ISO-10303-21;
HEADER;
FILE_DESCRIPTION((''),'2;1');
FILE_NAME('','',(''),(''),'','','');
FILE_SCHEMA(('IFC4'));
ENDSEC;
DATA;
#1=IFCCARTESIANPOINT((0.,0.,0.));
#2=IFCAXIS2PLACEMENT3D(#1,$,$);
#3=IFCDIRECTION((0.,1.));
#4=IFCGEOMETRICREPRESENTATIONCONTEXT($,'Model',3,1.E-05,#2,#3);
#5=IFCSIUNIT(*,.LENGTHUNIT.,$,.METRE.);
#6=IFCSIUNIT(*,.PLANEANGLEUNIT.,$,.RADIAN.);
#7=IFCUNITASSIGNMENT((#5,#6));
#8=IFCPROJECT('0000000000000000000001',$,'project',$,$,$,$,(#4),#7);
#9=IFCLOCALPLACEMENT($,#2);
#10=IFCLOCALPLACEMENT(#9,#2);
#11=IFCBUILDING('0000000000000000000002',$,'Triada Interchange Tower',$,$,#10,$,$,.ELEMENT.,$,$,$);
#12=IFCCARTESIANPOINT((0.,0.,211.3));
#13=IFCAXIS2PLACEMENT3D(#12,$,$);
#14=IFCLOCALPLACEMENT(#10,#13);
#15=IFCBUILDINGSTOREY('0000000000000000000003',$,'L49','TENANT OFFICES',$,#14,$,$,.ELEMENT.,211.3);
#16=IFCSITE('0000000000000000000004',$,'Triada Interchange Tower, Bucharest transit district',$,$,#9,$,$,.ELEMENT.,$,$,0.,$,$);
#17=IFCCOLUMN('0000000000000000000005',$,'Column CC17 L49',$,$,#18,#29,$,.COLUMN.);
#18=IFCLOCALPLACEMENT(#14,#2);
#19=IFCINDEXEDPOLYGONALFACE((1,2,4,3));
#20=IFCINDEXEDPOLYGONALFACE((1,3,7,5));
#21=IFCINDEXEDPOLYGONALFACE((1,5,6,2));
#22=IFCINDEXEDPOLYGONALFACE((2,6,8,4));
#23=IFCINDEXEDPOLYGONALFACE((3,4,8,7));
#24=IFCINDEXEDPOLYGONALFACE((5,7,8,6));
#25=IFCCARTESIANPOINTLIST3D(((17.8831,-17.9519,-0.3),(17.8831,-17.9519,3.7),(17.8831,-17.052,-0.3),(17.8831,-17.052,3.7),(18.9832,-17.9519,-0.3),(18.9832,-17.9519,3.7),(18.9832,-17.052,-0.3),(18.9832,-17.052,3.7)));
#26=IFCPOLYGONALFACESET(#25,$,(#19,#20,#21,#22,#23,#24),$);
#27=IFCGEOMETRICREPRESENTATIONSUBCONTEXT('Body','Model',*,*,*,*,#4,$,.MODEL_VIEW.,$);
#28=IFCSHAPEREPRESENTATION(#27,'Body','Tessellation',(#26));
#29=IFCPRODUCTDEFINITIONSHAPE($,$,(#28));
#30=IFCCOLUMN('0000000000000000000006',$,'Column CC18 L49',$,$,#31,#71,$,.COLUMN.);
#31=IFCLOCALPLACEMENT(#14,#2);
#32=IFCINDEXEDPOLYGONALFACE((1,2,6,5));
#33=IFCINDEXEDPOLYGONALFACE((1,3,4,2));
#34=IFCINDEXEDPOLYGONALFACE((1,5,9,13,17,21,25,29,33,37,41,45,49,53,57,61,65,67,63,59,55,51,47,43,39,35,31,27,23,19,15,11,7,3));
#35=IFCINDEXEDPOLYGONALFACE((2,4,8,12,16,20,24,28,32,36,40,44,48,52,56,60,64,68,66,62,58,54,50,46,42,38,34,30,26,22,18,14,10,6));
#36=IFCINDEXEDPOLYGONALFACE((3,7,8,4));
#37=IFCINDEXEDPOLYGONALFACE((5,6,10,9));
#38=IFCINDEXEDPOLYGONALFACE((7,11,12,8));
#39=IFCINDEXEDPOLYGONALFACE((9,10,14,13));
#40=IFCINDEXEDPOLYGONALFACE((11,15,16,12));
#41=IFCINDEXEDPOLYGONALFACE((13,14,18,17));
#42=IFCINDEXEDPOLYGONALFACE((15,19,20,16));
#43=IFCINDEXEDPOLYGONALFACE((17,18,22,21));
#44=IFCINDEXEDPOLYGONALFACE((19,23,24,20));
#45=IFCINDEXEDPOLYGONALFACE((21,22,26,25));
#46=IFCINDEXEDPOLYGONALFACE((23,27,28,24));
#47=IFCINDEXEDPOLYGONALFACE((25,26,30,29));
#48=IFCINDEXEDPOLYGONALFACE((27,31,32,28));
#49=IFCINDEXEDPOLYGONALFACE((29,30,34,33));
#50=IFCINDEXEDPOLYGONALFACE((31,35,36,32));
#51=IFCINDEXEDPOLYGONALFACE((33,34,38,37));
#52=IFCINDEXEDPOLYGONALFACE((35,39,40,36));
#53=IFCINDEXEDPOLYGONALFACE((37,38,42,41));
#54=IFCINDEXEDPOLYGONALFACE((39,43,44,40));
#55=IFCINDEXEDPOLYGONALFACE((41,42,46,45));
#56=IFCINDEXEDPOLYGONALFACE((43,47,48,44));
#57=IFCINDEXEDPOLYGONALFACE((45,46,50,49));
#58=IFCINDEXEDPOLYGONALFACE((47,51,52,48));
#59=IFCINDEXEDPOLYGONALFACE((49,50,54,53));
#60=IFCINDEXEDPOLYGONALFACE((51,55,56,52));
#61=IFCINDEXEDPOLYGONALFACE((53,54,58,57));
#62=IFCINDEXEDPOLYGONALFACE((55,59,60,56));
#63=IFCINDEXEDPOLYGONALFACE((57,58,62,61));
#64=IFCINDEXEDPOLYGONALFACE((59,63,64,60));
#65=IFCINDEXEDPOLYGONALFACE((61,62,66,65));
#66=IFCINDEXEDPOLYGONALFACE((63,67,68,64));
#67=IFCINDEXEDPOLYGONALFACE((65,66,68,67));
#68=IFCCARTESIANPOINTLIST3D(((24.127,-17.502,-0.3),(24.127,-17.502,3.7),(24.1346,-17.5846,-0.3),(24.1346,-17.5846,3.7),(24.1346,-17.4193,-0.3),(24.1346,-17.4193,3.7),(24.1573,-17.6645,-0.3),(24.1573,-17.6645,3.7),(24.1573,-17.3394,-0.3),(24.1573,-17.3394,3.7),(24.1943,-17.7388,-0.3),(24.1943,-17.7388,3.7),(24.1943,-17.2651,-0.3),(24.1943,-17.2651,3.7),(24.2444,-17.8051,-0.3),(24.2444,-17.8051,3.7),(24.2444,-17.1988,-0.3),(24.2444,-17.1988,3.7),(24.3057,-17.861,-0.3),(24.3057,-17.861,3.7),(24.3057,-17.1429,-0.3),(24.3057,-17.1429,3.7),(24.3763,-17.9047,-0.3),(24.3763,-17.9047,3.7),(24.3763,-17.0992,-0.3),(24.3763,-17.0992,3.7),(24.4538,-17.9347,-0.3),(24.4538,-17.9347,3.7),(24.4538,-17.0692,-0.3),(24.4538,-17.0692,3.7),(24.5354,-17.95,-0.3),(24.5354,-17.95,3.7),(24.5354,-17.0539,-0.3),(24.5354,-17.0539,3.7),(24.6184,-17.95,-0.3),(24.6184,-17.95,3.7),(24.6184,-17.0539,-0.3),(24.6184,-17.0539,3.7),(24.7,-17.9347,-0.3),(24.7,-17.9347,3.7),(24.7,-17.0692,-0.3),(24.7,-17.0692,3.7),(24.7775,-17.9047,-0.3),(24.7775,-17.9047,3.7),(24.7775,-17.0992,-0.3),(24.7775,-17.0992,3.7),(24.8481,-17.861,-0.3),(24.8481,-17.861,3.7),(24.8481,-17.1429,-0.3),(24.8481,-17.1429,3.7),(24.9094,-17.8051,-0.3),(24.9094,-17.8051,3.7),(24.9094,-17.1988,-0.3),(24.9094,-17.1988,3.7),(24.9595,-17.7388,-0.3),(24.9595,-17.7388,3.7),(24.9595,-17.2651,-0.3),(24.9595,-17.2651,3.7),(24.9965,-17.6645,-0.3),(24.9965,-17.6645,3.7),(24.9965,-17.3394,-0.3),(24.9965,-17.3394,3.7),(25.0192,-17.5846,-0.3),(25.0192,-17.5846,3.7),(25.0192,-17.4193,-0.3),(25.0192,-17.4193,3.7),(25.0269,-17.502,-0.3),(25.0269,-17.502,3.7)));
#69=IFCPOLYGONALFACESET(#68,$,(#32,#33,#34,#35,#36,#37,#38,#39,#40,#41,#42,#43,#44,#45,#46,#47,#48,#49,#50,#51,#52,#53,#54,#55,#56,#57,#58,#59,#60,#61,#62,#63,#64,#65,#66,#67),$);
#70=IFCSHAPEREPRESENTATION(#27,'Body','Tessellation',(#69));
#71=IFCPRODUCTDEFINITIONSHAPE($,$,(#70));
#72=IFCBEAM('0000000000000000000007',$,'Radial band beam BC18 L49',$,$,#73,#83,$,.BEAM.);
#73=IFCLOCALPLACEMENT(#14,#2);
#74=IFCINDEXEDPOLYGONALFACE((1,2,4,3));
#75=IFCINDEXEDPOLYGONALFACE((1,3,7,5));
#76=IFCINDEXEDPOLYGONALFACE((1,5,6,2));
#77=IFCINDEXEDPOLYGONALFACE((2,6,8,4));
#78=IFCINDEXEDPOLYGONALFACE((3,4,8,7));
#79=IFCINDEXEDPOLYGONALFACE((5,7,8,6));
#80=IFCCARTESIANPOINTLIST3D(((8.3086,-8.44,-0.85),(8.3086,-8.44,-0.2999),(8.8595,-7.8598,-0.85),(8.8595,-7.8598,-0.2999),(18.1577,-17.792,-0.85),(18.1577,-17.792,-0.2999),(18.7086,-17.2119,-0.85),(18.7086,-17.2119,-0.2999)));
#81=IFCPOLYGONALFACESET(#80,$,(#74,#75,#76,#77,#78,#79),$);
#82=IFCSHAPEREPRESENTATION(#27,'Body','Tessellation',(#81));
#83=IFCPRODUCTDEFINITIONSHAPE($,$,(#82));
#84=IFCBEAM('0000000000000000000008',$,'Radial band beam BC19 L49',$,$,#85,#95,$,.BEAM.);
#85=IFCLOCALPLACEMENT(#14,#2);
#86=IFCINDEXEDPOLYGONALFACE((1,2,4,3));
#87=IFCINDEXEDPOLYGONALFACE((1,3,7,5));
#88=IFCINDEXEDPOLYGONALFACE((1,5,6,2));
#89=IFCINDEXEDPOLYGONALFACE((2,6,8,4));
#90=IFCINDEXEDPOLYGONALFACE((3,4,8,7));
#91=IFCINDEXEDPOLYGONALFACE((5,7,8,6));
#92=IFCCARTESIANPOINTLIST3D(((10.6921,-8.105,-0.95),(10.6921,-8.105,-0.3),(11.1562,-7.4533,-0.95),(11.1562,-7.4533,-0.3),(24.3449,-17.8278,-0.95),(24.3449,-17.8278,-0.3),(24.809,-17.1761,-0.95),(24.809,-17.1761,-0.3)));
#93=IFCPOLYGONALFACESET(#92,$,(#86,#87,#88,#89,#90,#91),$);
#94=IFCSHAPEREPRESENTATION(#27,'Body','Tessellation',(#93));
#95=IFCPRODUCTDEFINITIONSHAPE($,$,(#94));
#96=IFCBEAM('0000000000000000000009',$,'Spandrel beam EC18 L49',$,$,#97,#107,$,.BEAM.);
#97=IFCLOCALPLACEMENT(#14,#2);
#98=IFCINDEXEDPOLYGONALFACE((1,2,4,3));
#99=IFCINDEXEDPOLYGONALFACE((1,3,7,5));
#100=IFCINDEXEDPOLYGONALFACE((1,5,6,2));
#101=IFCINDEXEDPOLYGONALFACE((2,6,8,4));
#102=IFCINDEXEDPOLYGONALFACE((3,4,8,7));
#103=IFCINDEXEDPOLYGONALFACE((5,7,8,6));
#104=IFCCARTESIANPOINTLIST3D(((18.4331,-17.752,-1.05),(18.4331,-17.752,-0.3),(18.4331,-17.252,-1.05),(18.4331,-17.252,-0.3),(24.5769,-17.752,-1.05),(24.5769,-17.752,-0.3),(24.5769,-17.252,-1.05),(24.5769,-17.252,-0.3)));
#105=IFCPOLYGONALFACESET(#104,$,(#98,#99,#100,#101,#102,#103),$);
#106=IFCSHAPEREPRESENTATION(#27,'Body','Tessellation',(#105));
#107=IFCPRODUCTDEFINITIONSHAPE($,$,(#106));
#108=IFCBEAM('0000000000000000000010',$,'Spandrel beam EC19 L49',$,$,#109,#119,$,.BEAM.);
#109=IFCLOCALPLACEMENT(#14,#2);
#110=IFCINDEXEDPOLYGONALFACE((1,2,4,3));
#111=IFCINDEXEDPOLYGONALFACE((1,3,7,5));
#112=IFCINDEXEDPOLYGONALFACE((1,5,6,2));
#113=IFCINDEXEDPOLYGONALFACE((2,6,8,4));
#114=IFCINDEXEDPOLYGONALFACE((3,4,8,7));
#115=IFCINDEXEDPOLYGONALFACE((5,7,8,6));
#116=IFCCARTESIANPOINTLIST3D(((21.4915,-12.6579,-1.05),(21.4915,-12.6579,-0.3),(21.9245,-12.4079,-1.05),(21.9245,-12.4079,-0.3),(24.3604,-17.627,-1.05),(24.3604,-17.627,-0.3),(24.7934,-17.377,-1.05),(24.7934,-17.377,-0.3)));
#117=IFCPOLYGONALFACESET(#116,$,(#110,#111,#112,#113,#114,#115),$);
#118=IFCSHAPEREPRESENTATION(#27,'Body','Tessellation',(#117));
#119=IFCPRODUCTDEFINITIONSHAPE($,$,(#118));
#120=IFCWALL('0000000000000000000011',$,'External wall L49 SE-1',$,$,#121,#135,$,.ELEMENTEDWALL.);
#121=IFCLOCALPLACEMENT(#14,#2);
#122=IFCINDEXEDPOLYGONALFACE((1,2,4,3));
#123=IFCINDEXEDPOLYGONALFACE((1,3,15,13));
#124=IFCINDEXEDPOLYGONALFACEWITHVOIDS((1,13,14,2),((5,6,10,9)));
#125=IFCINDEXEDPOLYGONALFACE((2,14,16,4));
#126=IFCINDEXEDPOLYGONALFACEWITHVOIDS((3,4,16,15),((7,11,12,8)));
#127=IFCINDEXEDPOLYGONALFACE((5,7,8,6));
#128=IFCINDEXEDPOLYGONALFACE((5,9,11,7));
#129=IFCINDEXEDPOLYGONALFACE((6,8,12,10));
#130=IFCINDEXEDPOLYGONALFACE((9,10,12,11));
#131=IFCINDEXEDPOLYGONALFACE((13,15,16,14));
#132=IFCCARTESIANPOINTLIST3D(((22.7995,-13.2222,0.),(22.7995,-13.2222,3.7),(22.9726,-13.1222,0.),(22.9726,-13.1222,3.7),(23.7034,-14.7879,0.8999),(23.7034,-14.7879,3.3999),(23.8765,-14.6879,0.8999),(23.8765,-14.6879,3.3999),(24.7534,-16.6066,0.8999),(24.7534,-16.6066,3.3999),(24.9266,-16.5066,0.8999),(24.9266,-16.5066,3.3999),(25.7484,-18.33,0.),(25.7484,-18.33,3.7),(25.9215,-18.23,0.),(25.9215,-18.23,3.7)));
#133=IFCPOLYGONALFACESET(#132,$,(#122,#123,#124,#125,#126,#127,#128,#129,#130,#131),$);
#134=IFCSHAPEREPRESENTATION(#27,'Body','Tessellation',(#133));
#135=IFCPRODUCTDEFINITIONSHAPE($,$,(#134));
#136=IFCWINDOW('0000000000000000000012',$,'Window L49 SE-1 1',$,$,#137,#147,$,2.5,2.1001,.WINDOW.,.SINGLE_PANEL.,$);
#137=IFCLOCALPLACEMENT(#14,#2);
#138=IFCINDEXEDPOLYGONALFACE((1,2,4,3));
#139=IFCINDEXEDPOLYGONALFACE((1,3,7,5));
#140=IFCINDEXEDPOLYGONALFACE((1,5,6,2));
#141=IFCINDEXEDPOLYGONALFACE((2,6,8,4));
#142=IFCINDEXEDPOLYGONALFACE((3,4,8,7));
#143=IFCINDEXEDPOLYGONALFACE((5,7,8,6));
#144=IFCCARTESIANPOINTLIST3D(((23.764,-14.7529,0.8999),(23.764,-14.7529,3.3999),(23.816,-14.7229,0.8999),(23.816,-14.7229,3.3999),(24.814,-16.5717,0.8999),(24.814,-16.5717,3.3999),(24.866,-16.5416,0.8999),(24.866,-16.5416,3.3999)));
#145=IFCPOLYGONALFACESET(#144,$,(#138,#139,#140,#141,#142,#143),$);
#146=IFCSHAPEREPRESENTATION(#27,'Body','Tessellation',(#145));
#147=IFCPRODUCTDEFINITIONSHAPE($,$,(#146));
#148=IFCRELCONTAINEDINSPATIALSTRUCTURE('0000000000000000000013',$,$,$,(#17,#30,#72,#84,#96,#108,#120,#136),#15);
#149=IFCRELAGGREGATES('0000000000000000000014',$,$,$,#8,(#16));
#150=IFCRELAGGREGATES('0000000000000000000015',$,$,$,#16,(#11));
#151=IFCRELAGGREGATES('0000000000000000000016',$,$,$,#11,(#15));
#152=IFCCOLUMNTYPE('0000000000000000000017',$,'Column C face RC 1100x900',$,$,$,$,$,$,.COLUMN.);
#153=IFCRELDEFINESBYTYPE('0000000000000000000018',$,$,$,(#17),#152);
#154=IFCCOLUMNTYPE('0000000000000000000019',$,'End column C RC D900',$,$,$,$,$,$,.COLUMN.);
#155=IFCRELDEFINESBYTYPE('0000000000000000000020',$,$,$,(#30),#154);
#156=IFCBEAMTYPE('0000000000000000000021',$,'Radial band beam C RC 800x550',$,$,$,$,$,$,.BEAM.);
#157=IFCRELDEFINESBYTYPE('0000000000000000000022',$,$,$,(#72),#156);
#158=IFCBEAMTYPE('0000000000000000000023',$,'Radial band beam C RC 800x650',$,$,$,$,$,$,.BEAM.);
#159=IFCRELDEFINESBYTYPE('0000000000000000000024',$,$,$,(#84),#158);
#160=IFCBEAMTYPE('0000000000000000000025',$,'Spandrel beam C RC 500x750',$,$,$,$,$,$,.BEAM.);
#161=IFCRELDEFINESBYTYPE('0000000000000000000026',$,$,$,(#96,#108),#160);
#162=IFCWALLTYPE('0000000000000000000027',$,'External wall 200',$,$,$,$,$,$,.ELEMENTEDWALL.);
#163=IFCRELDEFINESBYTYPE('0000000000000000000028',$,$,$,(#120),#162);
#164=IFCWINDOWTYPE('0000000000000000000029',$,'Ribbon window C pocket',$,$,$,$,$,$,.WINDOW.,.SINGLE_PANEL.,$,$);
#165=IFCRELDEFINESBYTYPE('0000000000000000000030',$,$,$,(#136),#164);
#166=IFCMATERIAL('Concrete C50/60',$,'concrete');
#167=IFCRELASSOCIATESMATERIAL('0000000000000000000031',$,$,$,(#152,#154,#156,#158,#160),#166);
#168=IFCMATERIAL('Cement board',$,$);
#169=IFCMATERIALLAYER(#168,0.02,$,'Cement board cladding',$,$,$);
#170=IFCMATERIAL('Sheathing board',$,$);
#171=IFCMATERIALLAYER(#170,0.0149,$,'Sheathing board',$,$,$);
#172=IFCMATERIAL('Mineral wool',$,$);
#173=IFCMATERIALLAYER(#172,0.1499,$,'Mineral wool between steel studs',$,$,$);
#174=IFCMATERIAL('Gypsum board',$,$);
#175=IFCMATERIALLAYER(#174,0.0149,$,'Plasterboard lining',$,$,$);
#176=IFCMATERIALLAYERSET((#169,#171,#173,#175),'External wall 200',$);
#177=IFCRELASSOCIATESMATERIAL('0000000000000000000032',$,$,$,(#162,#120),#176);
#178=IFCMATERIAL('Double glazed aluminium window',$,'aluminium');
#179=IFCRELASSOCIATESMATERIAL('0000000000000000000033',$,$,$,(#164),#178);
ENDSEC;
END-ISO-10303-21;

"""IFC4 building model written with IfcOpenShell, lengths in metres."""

from ifc_helpers import new_model, si_unit, direction, frame, frame_2d, origin, origin_2d, place, context, subcontext, project, spatial, rectangle, circle, extrude, material, layer, layer_set, layer_usage, material_profile, profile_set, type_object, element, fill, save


model = new_model("IFC4")

# Units and contexts
model_context = context("Model", 3, precision=1e-05, world=origin(), true_north=direction((0.0, 1.0)))
body_context = subcontext(model_context, "Body", "Model", "MODEL_VIEW")
ifc_project = project(units=[si_unit("LENGTHUNIT", "METRE"), si_unit("PLANEANGLEUNIT", "RADIAN")], contexts=[model_context])

# Site, building, storey
site_placement = place(None, origin())
site = spatial("IfcSite", under=ifc_project, at=site_placement, Name="Triada Interchange Tower, Bucharest transit district", CompositionType="ELEMENT", RefElevation=0.0)
building_placement = place(site_placement, origin())
building = spatial("IfcBuilding", under=site, at=building_placement, Name="Triada Interchange Tower", CompositionType="ELEMENT")
storey_placement = place(building_placement, frame((0.0, 0.0, 211.3)))
storey = spatial("IfcBuildingStorey", under=building, at=storey_placement, Name="L49", Description="TENANT OFFICES", CompositionType="ELEMENT", Elevation=211.3)

# Columns
ifc_material_1 = material(Name="Concrete C50/60", Category="concrete")
ifc_material_profile_1 = material_profile(ifc_material_1, rectangle(XDim=1.1001, YDim=0.8999, at=origin_2d()), Name="RC 1100x900")
ifc_profile_set_1 = profile_set([ifc_material_profile_1], Name="Concrete C50/60")
column_type_1 = type_object("IfcColumnType", Name="Column C face RC 1100x900", PredefinedType="COLUMN", material=ifc_profile_set_1)
column_1_placement = place(storey_placement, frame((18.4331, -17.502, -0.3), z_axis=(0.0, 0.0, 1.0), x_axis=(1.0, 0.0, 0.0)))
element("IfcColumn", 1, at=column_1_placement, inside=storey, type_object=column_type_1, Name="Column CC17 L49", PredefinedType="COLUMN", context=body_context, shape_type="SweptSolid", body=[
    extrude(rectangle(XDim=1.1001, YDim=0.8999, at=origin_2d()), origin(), (0.0, 0.0, 1.0), 4.0),
])
ifc_material_profile_2 = material_profile(ifc_material_1, circle(Radius=0.45, at=origin_2d()), Name="RC D900")
ifc_profile_set_2 = profile_set([ifc_material_profile_2], Name="Concrete C50/60")
column_type_2 = type_object("IfcColumnType", Name="End column C RC D900", PredefinedType="COLUMN", material=ifc_profile_set_2)
column_2_placement = place(storey_placement, frame((24.5769, -17.502, -0.3), z_axis=(0.0, 0.0, 1.0), x_axis=(1.0, 0.0, 0.0)))
element("IfcColumn", 2, at=column_2_placement, inside=storey, type_object=column_type_2, Name="Column CC18 L49", PredefinedType="COLUMN", context=body_context, shape_type="SweptSolid", body=[
    extrude(circle(Radius=0.45, at=origin_2d()), origin(), (0.0, 0.0, 1.0), 4.0),
])

# Beams
ifc_material_profile_3 = material_profile(ifc_material_1, rectangle(XDim=0.8, YDim=0.55, at=origin_2d()), Name="RC 800x550")
ifc_profile_set_3 = profile_set([ifc_material_profile_3], Name="Concrete C50/60")
beam_type_1 = type_object("IfcBeamType", Name="Radial band beam C RC 800x550", PredefinedType="BEAM", material=ifc_profile_set_3)
beam_1_placement = place(storey_placement, frame((18.4331, -17.502, -0.575), z_axis=(-0.725169, 0.688571, 0.0), x_axis=(-0.688571, -0.725169, 0.0)))
element("IfcBeam", 3, at=beam_1_placement, inside=storey, type_object=beam_type_1, Name="Radial band beam BC18 L49", PredefinedType="BEAM", context=body_context, shape_type="SweptSolid", body=[
    extrude(rectangle(XDim=0.8, YDim=0.55, at=origin_2d()), origin(), (0.0, 0.0, 1.0), 13.5818),
])
ifc_material_profile_4 = material_profile(ifc_material_1, rectangle(XDim=0.8, YDim=0.6499, at=origin_2d()), Name="RC 800x650")
ifc_profile_set_4 = profile_set([ifc_material_profile_4], Name="Concrete C50/60")
beam_type_2 = type_object("IfcBeamType", Name="Radial band beam C RC 800x650", PredefinedType="BEAM", material=ifc_profile_set_4)
beam_2_placement = place(storey_placement, frame((24.5769, -17.502, -0.625), z_axis=(-0.814554, 0.580087, 0.0), x_axis=(-0.580087, -0.814554, 0.0)))
element("IfcBeam", 4, at=beam_2_placement, inside=storey, type_object=beam_type_2, Name="Radial band beam BC19 L49", PredefinedType="BEAM", context=body_context, shape_type="SweptSolid", body=[
    extrude(rectangle(XDim=0.8, YDim=0.6499, at=origin_2d()), origin(), (0.0, 0.0, 1.0), 16.761),
])
ifc_material_profile_5 = material_profile(ifc_material_1, rectangle(XDim=0.5, YDim=0.75, at=origin_2d()), Name="RC 500x750")
ifc_profile_set_5 = profile_set([ifc_material_profile_5], Name="Concrete C50/60")
beam_type_3 = type_object("IfcBeamType", Name="Spandrel beam C RC 500x750", PredefinedType="BEAM", material=ifc_profile_set_5)
beam_3_placement = place(storey_placement, frame((18.4331, -17.502, -0.675), z_axis=(1.0, 0.0, 0.0), x_axis=(0.0, 1.0, 0.0)))
element("IfcBeam", 5, at=beam_3_placement, inside=storey, type_object=beam_type_3, Name="Spandrel beam EC18 L49", PredefinedType="BEAM", context=body_context, shape_type="SweptSolid", body=[
    extrude(rectangle(XDim=0.5, YDim=0.75, at=origin_2d()), origin(), (0.0, 0.0, 1.0), 6.1438),
])
beam_4_placement = place(storey_placement, frame((24.5769, -17.502, -0.675), z_axis=(-0.500006, 0.866022, 0.0), x_axis=(-0.866022, -0.500006, 0.0)))
element("IfcBeam", 6, at=beam_4_placement, inside=storey, type_object=beam_type_3, Name="Spandrel beam EC19 L49", PredefinedType="BEAM", context=body_context, shape_type="SweptSolid", body=[
    extrude(rectangle(XDim=0.5, YDim=0.75, at=origin_2d()), origin(), (0.0, 0.0, 1.0), 5.7378),
])

# Wall, opening, window
ifc_material_2 = material(Name="Cement board")
ifc_layer_1 = layer(ifc_material_2, 0.02, Name="Cement board cladding")
ifc_material_3 = material(Name="Sheathing board")
ifc_layer_2 = layer(ifc_material_3, 0.0149, Name="Sheathing board")
ifc_material_4 = material(Name="Mineral wool")
ifc_layer_3 = layer(ifc_material_4, 0.1499, Name="Mineral wool between steel studs")
ifc_material_5 = material(Name="Gypsum board")
ifc_layer_4 = layer(ifc_material_5, 0.0149, Name="Plasterboard lining")
ifc_layer_set_1 = layer_set([ifc_layer_1, ifc_layer_2, ifc_layer_3, ifc_layer_4], Name="External wall 200")
ifc_layer_usage = layer_usage(ifc_layer_set_1, "AXIS2", "POSITIVE", -0.1001)
wall_type_1 = type_object("IfcWallType", Name="External wall 200", PredefinedType="ELEMENTEDWALL", material=ifc_layer_set_1)
wall_1_placement = place(storey_placement, frame((25.835, -18.28, 0.0), z_axis=(0.0, 0.0, 1.0), x_axis=(-0.49999, 0.866031, 0.0)))
wall_1 = element("IfcWall", 7, at=wall_1_placement, inside=storey, type_object=wall_type_1, material=ifc_layer_usage, Name="External wall L49 SE-1", PredefinedType="ELEMENTEDWALL", context=body_context, shape_type="SweptSolid", body=[
    extrude(rectangle(XDim=5.8979, YDim=0.2, at=frame_2d((2.949, 0.0))), origin(), (0.0, 0.0, 1.0), 3.7),
])
opening_1_placement = place(wall_1_placement, frame((1.99, 0.0, 0.8999)))
opening_1 = element("IfcOpeningElement", 8, at=opening_1_placement, cuts=wall_1, PredefinedType="OPENING", context=body_context, shape_type="SweptSolid", body=[
    extrude(rectangle(XDim=2.1001, YDim=2.5, at=frame_2d((1.05, 1.25))), frame((0.0, 0.1099, 0.0), z_axis=(0.0, -1.0, 0.0), x_axis=(1.0, 0.0, 0.0)), (0.0, 0.0, 1.0), 0.22),
])
ifc_material_6 = material(Name="Double glazed aluminium window", Category="aluminium")
window_type_1 = type_object("IfcWindowType", Name="Ribbon window C pocket", PartitioningType="SINGLE_PANEL", PredefinedType="WINDOW", material=ifc_material_6)
window_1_placement = place(opening_1_placement, origin())
window_1 = element("IfcWindow", 9, at=window_1_placement, inside=storey, type_object=window_type_1, Name="Window L49 SE-1 1", OverallHeight=2.5, OverallWidth=2.1001, PartitioningType="SINGLE_PANEL", PredefinedType="WINDOW", context=body_context, shape_type="SweptSolid", body=[
    extrude(rectangle(XDim=2.1001, YDim=2.5, at=frame_2d((1.05, 1.25))), frame((0.0, 0.03, 0.0), z_axis=(0.0, -1.0, 0.0), x_axis=(1.0, 0.0, 0.0)), (0.0, 0.0, 1.0), 0.0601),
])
fill(opening_1, window_1)

save(model, "model.ifc")
